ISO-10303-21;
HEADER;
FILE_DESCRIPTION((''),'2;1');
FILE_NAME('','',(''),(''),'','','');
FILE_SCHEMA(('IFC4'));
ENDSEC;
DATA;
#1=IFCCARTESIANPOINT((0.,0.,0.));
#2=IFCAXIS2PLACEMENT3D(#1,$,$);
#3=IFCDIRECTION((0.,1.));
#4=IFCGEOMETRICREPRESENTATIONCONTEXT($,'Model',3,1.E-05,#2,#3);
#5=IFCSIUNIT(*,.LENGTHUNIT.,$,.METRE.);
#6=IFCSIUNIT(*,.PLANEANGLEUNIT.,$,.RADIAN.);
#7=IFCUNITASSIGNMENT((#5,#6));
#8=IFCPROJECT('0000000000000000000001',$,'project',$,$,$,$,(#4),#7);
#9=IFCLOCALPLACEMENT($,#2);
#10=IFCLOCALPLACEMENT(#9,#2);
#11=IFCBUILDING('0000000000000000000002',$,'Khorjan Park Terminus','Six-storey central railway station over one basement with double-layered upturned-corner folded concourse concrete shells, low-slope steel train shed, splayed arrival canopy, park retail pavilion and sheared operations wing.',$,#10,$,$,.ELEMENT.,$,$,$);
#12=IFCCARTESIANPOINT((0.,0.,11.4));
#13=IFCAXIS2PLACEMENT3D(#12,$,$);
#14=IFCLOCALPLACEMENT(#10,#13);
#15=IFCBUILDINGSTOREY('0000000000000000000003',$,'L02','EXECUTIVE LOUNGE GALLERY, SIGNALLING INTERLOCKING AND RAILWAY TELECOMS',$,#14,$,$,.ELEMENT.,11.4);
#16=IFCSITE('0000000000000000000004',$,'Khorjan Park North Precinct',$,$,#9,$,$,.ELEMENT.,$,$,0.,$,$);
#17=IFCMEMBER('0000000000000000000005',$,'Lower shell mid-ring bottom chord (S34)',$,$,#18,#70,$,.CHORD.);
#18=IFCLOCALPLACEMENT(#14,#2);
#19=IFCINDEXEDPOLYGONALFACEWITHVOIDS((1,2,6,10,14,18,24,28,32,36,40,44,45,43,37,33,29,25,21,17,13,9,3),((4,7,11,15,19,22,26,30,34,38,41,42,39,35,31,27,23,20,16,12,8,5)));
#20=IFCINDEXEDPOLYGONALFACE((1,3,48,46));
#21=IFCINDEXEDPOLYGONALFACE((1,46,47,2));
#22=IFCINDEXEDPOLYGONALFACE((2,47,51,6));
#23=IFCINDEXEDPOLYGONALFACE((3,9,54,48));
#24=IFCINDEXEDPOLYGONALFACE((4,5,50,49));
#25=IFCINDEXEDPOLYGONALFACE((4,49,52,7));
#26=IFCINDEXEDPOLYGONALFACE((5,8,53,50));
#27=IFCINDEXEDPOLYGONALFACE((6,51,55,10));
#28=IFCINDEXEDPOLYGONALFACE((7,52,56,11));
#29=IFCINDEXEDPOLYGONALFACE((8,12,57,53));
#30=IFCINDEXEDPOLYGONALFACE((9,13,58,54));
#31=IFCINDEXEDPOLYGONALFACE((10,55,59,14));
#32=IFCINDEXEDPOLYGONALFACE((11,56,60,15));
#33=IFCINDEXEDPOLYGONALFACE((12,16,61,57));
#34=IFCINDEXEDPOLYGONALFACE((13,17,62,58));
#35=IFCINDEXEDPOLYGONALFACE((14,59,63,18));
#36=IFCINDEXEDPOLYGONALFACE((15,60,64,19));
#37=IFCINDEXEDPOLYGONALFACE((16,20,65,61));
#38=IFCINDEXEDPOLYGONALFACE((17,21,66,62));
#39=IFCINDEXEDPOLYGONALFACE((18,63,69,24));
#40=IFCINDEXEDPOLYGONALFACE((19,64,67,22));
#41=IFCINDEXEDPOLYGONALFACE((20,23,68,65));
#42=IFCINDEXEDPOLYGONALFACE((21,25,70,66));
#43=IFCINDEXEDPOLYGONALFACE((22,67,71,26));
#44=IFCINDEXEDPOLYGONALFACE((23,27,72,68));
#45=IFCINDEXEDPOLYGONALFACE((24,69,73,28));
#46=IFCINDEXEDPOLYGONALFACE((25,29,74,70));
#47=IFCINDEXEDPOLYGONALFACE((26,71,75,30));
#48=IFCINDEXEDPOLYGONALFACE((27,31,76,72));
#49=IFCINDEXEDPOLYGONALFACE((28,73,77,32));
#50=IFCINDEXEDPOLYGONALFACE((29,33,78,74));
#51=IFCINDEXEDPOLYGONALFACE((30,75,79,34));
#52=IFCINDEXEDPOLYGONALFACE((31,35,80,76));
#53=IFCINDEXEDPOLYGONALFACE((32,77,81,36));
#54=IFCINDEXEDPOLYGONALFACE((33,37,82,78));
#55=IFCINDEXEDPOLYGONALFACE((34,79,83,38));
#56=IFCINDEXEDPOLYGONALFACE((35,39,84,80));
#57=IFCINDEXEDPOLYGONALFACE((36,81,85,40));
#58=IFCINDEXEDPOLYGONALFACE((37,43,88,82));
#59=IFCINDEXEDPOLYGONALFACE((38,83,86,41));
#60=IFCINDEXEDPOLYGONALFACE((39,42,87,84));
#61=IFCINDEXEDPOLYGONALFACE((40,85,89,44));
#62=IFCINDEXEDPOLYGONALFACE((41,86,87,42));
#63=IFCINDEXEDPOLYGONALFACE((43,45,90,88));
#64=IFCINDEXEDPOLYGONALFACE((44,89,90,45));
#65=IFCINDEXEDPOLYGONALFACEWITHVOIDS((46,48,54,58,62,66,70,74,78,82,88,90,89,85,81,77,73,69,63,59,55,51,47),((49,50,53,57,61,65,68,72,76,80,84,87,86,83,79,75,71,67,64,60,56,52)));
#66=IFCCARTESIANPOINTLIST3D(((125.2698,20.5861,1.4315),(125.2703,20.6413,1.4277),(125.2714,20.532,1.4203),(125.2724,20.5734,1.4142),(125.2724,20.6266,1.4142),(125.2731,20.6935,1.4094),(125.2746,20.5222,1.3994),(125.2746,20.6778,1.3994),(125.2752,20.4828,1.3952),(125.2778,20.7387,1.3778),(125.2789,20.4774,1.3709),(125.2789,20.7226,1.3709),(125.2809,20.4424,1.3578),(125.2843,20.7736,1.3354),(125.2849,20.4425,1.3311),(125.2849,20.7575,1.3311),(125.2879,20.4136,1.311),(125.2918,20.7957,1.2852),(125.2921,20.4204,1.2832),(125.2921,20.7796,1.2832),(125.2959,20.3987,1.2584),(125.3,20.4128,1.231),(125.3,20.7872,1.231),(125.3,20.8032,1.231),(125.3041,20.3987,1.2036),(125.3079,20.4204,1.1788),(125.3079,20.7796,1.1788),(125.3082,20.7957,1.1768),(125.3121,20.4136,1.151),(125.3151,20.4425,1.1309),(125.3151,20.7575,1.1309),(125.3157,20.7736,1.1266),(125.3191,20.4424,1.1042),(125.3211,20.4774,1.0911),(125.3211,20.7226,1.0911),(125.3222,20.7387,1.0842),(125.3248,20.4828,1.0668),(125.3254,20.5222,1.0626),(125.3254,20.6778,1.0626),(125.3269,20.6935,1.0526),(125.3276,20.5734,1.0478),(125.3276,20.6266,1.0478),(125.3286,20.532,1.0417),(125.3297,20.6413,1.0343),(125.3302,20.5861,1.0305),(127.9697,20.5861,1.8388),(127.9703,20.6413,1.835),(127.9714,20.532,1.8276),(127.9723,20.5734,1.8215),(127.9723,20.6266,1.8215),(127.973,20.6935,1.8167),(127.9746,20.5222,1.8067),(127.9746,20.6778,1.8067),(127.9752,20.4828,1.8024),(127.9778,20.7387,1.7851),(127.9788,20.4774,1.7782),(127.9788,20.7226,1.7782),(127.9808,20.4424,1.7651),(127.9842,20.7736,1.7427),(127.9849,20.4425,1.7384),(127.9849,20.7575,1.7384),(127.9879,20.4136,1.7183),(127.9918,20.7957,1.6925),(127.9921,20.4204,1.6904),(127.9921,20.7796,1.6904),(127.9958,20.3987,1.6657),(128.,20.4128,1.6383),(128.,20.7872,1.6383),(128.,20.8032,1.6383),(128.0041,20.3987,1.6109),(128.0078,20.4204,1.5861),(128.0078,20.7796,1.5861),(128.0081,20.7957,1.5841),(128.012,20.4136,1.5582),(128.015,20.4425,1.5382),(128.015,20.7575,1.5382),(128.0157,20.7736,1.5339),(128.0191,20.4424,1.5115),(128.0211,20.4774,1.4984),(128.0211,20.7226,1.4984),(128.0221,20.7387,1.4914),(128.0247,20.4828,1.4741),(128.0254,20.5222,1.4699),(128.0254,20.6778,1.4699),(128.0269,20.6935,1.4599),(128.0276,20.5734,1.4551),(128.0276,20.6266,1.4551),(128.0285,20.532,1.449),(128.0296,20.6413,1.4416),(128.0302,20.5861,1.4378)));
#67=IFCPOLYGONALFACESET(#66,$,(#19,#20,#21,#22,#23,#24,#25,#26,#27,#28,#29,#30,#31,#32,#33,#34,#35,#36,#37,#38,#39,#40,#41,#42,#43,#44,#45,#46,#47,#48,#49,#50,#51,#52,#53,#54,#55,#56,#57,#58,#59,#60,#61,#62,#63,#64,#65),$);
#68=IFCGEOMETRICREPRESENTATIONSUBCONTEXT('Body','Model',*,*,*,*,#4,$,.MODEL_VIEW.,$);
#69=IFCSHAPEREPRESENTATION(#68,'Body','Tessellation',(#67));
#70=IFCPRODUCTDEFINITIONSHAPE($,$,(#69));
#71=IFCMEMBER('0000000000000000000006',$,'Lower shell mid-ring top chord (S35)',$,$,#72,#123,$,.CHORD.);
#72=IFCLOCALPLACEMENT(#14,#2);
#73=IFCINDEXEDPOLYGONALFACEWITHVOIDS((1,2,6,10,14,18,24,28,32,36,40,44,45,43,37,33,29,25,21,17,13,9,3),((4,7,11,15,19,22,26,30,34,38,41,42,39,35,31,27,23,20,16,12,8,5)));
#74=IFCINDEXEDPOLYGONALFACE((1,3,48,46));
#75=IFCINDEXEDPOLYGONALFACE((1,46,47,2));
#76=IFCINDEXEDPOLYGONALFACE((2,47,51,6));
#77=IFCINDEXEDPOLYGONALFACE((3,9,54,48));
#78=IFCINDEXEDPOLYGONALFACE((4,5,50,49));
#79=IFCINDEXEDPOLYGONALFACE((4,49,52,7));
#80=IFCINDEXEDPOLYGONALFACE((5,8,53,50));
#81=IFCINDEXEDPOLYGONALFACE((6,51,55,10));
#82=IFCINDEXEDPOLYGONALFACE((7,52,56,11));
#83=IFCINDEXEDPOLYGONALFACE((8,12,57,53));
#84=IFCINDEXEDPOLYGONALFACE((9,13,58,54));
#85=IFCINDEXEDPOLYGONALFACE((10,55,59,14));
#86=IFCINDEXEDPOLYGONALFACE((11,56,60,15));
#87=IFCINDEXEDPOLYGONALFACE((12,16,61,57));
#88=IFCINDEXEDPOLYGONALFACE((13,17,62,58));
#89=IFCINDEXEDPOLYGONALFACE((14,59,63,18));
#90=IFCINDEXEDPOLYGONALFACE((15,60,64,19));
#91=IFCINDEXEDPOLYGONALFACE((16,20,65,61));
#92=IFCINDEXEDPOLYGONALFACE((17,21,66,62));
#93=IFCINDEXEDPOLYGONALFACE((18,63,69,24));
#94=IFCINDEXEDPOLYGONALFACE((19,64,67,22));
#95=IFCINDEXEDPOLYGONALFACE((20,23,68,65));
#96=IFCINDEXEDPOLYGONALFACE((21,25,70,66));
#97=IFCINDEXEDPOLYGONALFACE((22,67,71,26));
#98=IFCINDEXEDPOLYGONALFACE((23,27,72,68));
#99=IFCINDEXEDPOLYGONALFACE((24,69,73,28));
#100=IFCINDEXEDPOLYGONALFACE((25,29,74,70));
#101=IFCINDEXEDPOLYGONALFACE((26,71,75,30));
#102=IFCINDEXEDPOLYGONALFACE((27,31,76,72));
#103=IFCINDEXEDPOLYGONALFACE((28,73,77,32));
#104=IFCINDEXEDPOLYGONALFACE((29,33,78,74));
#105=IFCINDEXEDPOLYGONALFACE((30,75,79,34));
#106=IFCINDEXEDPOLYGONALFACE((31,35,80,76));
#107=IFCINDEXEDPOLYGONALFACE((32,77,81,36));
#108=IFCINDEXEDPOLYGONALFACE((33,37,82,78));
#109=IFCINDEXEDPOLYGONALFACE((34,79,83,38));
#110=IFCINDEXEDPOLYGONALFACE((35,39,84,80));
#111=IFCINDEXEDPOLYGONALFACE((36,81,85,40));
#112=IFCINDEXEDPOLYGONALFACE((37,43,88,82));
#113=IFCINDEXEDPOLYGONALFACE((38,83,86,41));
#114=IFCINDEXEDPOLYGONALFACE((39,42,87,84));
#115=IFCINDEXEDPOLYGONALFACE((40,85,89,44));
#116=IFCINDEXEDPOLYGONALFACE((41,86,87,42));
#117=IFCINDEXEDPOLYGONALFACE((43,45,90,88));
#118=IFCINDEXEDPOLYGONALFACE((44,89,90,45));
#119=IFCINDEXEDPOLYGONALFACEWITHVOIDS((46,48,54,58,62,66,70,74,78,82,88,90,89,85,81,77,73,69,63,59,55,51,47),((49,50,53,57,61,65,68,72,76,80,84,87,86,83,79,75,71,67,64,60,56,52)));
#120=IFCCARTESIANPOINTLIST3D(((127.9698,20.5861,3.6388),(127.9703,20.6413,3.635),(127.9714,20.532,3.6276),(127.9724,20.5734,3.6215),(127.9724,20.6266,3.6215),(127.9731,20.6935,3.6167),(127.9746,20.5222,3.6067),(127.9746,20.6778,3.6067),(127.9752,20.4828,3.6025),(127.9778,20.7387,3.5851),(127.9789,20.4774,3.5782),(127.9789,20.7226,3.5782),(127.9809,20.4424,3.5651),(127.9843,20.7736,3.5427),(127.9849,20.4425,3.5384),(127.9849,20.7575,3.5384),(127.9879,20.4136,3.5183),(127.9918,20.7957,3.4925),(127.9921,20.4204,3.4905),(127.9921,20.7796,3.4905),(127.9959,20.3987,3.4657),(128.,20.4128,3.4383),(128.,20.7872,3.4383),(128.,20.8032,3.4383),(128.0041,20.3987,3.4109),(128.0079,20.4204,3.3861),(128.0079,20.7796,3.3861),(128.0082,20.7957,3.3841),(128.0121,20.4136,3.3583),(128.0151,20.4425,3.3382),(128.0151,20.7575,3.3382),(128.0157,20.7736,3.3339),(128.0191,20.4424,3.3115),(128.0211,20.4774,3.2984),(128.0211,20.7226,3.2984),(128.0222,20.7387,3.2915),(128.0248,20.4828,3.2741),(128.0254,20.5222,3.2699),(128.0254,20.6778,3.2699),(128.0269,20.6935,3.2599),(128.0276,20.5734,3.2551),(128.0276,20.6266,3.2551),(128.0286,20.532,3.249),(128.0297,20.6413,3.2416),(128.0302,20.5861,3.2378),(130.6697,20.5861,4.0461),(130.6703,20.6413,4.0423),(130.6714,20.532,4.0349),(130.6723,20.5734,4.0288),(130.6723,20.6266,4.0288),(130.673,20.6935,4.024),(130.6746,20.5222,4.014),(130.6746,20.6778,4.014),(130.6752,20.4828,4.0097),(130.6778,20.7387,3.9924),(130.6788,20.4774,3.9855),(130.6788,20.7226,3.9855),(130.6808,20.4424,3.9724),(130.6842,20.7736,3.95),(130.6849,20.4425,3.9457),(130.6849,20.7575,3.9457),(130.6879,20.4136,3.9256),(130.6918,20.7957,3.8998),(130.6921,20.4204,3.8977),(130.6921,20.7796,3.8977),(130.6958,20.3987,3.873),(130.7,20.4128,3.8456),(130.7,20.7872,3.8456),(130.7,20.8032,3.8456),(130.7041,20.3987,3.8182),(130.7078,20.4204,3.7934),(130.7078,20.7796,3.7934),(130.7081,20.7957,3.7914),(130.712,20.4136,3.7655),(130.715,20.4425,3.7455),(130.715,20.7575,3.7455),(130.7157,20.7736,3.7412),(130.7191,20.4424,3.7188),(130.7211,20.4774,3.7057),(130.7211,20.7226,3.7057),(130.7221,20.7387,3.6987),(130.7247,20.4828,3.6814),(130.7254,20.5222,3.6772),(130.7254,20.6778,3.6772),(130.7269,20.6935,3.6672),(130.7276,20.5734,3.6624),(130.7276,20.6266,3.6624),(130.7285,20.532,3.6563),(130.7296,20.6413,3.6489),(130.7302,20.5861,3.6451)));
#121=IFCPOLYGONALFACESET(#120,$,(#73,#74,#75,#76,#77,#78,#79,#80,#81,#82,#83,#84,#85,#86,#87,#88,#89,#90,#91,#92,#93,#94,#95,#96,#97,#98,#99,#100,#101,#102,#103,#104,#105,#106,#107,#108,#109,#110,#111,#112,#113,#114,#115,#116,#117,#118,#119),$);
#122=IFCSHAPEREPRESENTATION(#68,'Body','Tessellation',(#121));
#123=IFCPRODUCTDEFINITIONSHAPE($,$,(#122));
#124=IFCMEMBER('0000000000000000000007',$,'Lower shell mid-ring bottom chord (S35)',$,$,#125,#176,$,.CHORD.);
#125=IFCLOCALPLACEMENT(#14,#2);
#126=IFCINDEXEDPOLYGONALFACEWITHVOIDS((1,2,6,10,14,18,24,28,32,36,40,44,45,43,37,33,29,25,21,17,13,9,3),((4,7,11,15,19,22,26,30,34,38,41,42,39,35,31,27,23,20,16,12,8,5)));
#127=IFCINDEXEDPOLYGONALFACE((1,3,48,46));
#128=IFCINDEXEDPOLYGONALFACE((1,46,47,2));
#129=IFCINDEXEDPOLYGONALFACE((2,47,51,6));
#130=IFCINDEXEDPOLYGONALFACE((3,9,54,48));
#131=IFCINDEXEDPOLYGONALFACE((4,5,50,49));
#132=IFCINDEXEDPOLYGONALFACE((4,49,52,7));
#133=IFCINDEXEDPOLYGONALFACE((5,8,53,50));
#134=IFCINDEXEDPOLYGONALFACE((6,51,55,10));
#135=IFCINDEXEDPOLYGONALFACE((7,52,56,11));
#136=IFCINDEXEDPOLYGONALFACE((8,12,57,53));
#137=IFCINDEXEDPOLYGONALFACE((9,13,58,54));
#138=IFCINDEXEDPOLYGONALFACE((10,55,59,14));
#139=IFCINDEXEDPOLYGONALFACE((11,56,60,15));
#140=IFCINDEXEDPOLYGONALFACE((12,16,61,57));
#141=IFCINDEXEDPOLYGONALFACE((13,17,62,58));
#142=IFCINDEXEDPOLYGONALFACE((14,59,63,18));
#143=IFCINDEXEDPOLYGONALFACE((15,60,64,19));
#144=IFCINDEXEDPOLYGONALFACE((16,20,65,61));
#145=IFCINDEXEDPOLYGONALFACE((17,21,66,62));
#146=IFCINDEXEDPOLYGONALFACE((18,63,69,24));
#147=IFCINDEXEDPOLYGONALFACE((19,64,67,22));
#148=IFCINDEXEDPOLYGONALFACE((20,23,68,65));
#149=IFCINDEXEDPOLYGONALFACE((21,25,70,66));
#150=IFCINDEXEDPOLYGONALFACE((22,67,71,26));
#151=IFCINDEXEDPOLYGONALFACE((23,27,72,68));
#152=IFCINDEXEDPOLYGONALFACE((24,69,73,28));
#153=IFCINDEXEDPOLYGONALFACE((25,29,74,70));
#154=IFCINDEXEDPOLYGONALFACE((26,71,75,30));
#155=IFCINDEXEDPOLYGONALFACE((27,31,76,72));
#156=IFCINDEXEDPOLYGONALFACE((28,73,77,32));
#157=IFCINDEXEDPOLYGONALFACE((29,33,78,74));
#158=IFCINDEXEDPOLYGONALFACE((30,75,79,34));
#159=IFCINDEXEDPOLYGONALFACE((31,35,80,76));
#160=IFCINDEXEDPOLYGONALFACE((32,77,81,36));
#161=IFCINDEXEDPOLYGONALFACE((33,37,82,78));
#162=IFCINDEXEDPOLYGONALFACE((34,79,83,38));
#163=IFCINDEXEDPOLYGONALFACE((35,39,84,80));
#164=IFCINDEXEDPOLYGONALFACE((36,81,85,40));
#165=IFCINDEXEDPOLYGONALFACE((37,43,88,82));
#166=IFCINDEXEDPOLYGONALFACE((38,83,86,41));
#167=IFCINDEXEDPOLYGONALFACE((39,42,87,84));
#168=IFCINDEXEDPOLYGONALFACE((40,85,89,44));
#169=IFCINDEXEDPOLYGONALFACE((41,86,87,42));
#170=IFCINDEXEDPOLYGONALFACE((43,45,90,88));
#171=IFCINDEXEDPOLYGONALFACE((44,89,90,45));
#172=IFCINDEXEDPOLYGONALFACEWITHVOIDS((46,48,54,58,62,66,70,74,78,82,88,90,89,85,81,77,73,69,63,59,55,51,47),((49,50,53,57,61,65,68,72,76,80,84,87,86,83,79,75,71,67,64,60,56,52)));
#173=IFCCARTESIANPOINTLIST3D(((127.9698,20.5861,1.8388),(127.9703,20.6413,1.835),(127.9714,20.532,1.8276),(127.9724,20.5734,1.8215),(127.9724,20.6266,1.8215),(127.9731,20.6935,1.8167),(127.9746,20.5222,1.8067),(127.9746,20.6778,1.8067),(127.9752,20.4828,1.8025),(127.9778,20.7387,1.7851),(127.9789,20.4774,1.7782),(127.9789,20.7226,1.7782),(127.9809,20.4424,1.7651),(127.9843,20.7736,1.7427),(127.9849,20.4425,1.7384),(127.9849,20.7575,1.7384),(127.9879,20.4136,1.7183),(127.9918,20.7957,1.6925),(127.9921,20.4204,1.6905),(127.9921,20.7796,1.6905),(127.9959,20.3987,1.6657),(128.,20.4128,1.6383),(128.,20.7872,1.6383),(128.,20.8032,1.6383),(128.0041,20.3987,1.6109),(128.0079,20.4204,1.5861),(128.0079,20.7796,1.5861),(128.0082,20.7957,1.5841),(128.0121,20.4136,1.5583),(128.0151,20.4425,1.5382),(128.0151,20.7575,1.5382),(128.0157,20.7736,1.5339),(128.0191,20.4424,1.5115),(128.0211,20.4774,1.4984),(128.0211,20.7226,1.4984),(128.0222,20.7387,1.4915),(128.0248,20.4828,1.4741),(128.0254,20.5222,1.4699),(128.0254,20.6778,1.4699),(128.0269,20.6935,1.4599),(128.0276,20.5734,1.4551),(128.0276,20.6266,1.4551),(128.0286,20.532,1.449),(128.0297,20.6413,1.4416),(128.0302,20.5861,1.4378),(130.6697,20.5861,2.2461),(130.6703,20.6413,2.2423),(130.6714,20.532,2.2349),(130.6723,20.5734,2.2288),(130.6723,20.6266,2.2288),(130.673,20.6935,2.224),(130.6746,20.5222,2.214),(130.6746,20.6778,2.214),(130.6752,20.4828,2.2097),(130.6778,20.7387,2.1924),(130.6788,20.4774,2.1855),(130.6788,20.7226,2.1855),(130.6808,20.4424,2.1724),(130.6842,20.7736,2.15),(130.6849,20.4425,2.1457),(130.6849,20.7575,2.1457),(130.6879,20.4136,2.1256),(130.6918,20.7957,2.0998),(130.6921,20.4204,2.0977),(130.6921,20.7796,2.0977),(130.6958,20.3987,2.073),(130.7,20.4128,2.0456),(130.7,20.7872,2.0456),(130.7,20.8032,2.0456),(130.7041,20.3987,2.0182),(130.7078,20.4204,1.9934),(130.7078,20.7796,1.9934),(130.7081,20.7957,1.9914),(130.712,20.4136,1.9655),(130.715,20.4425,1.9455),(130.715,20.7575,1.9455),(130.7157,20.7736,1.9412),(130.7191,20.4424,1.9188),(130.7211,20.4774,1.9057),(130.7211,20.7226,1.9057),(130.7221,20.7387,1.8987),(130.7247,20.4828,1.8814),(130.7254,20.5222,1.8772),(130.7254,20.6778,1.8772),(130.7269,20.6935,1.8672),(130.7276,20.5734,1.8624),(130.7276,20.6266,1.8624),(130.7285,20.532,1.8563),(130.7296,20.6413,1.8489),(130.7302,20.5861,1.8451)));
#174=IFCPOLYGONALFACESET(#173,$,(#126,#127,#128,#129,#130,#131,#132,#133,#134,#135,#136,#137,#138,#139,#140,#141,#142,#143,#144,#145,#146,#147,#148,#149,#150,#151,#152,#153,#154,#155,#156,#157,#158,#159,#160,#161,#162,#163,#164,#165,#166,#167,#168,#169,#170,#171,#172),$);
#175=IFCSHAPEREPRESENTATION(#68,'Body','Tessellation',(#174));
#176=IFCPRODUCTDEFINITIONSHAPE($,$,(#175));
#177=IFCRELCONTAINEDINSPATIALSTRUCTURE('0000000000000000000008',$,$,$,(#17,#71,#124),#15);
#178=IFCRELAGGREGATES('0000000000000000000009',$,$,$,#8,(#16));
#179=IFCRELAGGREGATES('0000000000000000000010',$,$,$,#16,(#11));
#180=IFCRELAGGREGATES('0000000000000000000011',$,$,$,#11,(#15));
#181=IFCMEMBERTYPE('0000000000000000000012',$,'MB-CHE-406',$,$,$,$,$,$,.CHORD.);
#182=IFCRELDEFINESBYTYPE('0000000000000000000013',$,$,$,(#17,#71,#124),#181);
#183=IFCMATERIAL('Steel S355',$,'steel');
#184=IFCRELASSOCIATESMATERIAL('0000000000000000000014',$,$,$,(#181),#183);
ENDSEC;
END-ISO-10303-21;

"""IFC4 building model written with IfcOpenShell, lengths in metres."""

from ifc_helpers import new_model, si_unit, direction, frame, origin, origin_2d, place, context, subcontext, project, spatial, hollow_circle, extrude, material, material_profile, profile_set, type_object, element, save


model = new_model("IFC4")

# Units and contexts
model_context = context("Model", 3, precision=1e-05, world=origin(), true_north=direction((0.0, 1.0)))
body_context = subcontext(model_context, "Body", "Model", "MODEL_VIEW")
ifc_project = project(units=[si_unit("LENGTHUNIT", "METRE"), si_unit("PLANEANGLEUNIT", "RADIAN")], contexts=[model_context])

# Site, building, storey
site_placement = place(None, origin())
site = spatial("IfcSite", under=ifc_project, at=site_placement, Name="Khorjan Park North Precinct", CompositionType="ELEMENT", RefElevation=0.0)
building_placement = place(site_placement, origin())
building = spatial("IfcBuilding", under=site, at=building_placement, Name="Khorjan Park Terminus", Description="Six-storey central railway station over one basement with double-layered upturned-corner folded concourse concrete shells, low-slope steel train shed, splayed arrival canopy, park retail pavilion and sheared operations wing.", CompositionType="ELEMENT")
storey_placement = place(building_placement, frame((0.0, 0.0, 11.4)))
storey = spatial("IfcBuildingStorey", under=building, at=storey_placement, Name="L02", Description="EXECUTIVE LOUNGE GALLERY, SIGNALLING INTERLOCKING AND RAILWAY TELECOMS", CompositionType="ELEMENT", Elevation=11.4)

# Members
ifc_material_1 = material(Name="Steel S355", Category="steel")
ifc_material_profile_1 = material_profile(ifc_material_1, hollow_circle(Radius=0.2032, WallThickness=0.016, at=origin_2d()), Name="CHS 406.4x16")
ifc_profile_set_1 = profile_set([ifc_material_profile_1], Name="Steel S355")
member_type_1 = type_object("IfcMemberType", Name="MB-CHE-406", PredefinedType="CHORD", material=ifc_profile_set_1)
for number, where, z_axis, x_axis, name in (
    (1, (125.3, 20.6, 1.231), (0.988812, 0.0, 0.149164), (0.0, 1.0, 0.0), "Lower shell mid-ring bottom chord (S34)"),
    (2, (128.0, 20.6, 3.4383), (0.988812, 0.0, 0.149164), (0.0, 1.0, 0.0), "Lower shell mid-ring top chord (S35)"),
    (3, (128.0, 20.6, 1.6383), (0.988812, 0.0, 0.149164), (0.0, 1.0, 0.0), "Lower shell mid-ring bottom chord (S35)"),
):
    element("IfcMember", number, at=place(storey_placement, frame(where, z_axis=z_axis, x_axis=x_axis)), inside=storey, type_object=member_type_1, Name=name, PredefinedType="CHORD", context=body_context, shape_type="SweptSolid", body=[
        extrude(hollow_circle(Radius=0.2032, WallThickness=0.016, at=origin_2d()), origin(), (0.0, 0.0, 1.0), 2.7305),
    ])

save(model, "model.ifc")
